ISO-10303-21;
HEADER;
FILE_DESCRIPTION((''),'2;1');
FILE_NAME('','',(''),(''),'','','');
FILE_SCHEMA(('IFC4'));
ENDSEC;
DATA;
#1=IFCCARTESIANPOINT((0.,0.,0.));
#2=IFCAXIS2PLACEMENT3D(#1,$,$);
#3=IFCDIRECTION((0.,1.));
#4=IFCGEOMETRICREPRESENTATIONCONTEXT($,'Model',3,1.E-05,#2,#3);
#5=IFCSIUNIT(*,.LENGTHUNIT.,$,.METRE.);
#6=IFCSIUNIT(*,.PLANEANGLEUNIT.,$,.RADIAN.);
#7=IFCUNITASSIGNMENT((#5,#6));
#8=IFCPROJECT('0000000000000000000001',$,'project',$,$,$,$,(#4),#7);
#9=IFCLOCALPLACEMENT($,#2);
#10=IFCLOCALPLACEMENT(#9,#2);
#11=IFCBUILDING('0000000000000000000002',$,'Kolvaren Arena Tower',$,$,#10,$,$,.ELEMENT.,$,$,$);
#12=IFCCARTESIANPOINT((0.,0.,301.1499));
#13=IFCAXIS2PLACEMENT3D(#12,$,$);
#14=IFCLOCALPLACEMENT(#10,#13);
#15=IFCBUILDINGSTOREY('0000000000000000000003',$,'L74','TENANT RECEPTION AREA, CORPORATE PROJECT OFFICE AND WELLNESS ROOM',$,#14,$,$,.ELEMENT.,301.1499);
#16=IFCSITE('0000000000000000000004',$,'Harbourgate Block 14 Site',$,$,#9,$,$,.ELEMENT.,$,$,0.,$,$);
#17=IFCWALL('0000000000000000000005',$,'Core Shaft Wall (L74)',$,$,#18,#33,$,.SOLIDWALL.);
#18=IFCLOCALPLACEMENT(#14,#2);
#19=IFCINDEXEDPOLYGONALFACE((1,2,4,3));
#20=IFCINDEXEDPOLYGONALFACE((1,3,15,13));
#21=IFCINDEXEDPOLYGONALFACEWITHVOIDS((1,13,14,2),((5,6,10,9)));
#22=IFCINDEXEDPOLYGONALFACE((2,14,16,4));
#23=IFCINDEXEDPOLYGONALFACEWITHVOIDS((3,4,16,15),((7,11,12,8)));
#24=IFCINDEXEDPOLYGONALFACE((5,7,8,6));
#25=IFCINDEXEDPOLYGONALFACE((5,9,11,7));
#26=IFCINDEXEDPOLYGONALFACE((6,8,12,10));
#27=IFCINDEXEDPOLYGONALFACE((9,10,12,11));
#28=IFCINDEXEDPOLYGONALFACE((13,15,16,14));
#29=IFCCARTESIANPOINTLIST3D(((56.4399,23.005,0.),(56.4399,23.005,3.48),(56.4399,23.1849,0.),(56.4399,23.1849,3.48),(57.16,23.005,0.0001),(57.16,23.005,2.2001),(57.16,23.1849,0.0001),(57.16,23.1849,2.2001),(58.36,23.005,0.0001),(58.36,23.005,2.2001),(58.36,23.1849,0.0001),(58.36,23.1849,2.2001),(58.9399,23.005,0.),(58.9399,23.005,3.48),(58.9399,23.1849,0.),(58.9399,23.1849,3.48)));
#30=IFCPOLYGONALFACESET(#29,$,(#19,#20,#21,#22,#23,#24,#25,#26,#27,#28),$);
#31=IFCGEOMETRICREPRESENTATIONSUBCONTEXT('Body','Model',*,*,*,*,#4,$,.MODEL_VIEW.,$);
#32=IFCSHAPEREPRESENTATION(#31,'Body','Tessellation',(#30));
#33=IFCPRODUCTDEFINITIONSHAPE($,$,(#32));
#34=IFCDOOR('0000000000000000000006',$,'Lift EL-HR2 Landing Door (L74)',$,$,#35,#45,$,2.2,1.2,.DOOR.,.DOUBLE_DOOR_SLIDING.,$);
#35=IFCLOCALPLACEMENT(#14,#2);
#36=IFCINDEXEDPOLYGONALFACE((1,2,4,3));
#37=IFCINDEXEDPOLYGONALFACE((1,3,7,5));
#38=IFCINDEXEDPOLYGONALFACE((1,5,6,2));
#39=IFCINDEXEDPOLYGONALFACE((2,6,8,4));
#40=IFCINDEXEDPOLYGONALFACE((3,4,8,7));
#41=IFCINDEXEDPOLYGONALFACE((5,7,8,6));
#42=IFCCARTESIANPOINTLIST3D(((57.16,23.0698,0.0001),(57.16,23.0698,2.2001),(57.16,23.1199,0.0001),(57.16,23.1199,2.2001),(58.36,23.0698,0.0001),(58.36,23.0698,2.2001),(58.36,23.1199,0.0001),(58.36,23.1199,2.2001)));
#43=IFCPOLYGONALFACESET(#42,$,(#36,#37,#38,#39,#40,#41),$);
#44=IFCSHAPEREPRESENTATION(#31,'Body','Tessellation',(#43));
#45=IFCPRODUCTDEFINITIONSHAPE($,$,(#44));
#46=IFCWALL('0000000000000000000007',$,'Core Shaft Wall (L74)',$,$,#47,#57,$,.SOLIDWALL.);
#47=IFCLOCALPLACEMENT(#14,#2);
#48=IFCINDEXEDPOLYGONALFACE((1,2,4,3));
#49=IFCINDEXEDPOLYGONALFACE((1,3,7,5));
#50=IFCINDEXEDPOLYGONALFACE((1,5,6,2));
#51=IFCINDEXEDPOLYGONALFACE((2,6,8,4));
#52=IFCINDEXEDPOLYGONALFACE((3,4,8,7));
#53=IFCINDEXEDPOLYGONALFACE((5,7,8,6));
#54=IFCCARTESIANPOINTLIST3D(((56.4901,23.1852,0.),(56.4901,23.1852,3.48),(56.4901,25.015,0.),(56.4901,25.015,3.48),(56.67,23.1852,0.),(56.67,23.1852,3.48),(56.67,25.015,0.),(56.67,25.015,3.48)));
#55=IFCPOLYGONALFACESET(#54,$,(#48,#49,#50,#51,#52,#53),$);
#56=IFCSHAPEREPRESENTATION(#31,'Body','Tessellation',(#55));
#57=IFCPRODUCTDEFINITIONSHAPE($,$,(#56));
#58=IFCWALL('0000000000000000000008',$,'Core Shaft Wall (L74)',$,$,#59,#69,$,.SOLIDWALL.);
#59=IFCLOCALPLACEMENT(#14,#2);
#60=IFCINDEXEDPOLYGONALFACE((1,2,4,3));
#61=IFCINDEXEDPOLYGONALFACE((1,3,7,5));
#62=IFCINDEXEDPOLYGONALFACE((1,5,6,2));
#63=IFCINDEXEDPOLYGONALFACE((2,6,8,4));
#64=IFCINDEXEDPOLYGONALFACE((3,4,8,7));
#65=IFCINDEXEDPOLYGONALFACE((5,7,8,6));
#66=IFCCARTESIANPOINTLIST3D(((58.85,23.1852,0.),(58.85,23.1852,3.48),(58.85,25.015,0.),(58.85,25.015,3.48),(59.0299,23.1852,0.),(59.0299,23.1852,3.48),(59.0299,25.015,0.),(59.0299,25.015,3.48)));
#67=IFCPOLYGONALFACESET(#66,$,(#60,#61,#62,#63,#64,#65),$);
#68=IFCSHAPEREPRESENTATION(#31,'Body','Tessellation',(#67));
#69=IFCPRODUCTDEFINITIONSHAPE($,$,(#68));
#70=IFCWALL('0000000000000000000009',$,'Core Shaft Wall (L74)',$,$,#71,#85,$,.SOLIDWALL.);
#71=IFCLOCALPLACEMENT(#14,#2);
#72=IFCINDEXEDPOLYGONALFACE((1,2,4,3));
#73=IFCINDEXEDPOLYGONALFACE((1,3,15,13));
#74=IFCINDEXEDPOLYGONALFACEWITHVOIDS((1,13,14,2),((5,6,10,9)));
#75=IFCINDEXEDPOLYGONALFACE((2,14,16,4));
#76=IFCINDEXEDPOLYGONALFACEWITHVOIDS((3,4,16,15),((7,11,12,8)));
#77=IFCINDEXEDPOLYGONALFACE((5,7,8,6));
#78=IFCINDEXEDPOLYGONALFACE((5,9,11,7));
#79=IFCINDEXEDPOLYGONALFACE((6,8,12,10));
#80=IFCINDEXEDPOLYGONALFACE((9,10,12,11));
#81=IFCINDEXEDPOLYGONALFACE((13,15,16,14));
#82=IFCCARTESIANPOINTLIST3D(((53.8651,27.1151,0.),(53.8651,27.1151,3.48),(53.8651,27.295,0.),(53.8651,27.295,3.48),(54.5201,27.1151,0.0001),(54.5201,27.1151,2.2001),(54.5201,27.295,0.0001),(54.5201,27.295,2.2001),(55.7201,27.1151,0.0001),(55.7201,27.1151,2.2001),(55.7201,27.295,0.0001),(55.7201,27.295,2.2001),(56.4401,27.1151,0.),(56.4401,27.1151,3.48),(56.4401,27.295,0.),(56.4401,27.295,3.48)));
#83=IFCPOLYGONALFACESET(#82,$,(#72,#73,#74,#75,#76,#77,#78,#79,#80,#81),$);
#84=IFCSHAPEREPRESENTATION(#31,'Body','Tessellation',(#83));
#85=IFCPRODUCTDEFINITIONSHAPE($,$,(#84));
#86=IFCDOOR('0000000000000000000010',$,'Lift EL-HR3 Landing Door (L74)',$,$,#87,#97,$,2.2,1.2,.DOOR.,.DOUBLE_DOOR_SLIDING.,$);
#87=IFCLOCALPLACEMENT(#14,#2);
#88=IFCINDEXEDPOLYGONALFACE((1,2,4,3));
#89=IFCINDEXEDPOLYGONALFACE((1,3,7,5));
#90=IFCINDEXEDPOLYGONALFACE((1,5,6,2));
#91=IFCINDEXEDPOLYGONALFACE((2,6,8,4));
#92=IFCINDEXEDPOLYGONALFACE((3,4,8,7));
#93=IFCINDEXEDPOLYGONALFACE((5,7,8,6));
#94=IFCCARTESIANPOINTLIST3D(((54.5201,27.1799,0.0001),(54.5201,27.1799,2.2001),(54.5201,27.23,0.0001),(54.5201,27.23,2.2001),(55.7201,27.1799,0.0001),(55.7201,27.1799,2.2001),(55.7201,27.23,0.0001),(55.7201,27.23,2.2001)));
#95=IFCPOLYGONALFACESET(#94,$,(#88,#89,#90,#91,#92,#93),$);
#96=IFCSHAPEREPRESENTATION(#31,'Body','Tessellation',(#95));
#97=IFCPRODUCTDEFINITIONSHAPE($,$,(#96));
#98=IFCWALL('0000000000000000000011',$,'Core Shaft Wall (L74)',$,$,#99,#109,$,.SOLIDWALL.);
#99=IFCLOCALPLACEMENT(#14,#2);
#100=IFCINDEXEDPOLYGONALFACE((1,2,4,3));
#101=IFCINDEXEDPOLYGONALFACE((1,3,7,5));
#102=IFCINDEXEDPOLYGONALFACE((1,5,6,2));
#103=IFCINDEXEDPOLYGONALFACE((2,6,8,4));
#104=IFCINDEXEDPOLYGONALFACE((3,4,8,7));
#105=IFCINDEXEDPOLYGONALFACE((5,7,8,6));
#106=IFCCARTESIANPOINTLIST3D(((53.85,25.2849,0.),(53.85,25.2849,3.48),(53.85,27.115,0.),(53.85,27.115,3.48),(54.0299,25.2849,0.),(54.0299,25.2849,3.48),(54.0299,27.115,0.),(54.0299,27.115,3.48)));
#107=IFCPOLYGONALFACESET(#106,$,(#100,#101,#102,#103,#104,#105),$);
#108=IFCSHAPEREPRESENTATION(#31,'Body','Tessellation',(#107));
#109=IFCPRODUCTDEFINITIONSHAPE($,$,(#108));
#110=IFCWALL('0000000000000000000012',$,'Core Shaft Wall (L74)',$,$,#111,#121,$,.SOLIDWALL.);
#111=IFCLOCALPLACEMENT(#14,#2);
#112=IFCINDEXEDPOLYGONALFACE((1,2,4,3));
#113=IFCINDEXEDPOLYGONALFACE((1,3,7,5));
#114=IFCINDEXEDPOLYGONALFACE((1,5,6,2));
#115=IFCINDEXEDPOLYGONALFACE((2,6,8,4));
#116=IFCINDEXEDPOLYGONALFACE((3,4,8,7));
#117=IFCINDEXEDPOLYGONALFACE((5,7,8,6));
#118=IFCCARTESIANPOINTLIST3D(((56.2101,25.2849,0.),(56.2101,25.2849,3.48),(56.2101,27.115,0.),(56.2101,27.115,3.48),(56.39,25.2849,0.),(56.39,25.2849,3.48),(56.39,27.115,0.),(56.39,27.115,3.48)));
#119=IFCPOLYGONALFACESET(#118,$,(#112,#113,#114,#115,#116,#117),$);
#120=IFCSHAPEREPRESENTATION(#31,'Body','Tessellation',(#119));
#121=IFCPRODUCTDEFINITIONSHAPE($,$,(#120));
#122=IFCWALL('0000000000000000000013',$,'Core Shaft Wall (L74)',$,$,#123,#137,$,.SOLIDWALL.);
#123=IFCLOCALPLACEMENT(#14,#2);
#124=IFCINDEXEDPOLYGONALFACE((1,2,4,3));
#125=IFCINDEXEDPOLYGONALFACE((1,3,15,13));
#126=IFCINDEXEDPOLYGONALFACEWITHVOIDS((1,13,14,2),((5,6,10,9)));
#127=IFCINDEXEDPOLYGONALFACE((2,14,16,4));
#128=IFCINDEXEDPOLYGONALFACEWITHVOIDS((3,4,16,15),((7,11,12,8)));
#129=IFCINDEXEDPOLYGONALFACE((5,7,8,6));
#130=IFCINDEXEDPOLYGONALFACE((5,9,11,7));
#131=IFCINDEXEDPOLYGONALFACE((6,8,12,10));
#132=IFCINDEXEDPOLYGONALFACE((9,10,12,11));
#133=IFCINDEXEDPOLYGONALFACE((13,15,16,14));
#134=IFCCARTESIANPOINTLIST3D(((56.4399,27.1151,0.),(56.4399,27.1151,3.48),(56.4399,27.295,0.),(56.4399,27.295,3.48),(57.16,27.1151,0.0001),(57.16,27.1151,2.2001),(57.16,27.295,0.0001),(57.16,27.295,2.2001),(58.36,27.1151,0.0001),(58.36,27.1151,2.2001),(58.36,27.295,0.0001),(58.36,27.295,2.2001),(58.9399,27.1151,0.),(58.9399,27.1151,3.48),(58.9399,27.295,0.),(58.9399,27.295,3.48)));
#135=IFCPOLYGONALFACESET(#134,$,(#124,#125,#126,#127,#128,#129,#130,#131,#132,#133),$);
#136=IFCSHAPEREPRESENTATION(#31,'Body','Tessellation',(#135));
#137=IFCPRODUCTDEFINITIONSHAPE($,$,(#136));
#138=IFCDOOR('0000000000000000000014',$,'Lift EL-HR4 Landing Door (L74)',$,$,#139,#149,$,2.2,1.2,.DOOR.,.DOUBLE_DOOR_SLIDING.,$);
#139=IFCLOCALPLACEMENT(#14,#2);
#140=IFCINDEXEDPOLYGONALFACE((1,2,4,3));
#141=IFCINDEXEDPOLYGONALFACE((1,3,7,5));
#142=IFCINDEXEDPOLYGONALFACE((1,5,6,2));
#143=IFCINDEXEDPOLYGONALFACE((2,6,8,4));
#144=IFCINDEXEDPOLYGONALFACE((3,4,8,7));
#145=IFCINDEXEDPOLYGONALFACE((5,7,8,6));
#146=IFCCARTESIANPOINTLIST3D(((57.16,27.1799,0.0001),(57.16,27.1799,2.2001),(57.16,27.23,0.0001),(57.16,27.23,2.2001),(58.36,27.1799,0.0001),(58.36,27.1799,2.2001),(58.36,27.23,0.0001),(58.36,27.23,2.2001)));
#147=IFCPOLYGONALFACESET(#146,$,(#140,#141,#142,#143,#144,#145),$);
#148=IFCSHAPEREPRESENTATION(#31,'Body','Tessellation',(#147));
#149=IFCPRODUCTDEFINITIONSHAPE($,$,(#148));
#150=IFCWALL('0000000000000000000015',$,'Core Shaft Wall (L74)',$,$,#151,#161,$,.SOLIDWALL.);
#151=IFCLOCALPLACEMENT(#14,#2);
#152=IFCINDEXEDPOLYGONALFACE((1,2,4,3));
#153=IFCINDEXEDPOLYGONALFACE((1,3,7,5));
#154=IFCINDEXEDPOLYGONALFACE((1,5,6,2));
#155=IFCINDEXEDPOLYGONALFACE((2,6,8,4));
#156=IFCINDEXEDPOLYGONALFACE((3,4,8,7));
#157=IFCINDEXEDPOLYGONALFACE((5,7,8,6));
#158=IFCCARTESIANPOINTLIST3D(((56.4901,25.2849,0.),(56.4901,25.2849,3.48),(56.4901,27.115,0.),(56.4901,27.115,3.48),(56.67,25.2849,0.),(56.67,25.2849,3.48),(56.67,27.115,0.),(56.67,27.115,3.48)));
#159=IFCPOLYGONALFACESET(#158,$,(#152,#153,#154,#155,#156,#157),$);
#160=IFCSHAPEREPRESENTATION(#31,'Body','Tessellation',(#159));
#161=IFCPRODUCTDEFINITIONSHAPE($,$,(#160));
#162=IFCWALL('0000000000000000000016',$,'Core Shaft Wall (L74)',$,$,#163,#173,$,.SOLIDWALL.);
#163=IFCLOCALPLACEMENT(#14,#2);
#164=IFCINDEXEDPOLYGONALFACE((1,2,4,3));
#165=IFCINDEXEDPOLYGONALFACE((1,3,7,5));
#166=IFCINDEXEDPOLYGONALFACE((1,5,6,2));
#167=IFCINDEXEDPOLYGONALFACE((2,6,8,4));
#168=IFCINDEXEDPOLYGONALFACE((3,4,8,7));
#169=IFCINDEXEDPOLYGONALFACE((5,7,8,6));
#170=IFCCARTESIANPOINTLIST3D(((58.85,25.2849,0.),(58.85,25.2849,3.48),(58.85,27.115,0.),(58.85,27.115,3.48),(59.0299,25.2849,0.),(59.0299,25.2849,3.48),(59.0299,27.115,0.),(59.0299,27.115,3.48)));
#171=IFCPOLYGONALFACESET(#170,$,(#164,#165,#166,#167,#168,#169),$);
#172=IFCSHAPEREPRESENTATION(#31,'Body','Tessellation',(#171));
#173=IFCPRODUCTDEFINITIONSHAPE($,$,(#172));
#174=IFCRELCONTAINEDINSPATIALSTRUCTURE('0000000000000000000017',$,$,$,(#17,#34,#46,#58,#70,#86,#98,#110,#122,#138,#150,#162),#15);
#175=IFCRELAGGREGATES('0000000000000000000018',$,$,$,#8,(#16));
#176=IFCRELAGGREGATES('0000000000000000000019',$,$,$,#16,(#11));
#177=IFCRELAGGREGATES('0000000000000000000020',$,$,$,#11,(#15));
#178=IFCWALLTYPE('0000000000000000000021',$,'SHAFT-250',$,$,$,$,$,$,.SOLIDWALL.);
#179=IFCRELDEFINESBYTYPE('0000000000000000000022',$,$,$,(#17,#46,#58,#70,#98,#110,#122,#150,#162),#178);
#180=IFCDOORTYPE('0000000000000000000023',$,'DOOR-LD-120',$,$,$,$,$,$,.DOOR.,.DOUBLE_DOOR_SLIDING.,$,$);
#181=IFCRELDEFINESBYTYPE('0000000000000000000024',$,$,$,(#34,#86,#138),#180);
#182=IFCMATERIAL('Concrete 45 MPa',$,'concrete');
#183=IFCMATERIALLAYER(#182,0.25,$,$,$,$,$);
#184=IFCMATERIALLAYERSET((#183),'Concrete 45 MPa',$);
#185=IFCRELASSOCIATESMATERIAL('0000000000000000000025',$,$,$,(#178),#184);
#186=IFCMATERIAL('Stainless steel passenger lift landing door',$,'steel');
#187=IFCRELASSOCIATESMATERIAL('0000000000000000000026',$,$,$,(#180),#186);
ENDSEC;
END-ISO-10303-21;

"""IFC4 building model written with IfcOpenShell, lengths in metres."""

from ifc_helpers import new_model, si_unit, direction, frame, frame_2d, origin, place, context, subcontext, project, spatial, rectangle, extrude, material, layer, layer_set, type_object, element, fill, save


model = new_model("IFC4")

# Units and contexts
model_context = context("Model", 3, precision=1e-05, world=origin(), true_north=direction((0.0, 1.0)))
body_context = subcontext(model_context, "Body", "Model", "MODEL_VIEW")
ifc_project = project(units=[si_unit("LENGTHUNIT", "METRE"), si_unit("PLANEANGLEUNIT", "RADIAN")], contexts=[model_context])

# Site, building, storey
site_placement = place(None, origin())
site = spatial("IfcSite", under=ifc_project, at=site_placement, Name="Harbourgate Block 14 Site", CompositionType="ELEMENT", RefElevation=0.0)
building_placement = place(site_placement, origin())
building = spatial("IfcBuilding", under=site, at=building_placement, Name="Kolvaren Arena Tower", CompositionType="ELEMENT")
storey_placement = place(building_placement, frame((0.0, 0.0, 301.1499)))
storey = spatial("IfcBuildingStorey", under=building, at=storey_placement, Name="L74", Description="TENANT RECEPTION AREA, CORPORATE PROJECT OFFICE AND WELLNESS ROOM", CompositionType="ELEMENT", Elevation=301.1499)

# Shared definitions
ifc_material_1 = material(Name="Concrete 45 MPa", Category="concrete")
ifc_layer_1 = layer(ifc_material_1, 0.25)
ifc_layer_set_1 = layer_set([ifc_layer_1], Name="Concrete 45 MPa")
wall_type_1 = type_object("IfcWallType", Name="SHAFT-250", PredefinedType="SOLIDWALL", material=ifc_layer_set_1)

# Shared definitions
ifc_material_2 = material(Name="Stainless steel passenger lift landing door", Category="steel")
door_type = type_object("IfcDoorType", Name="DOOR-LD-120", OperationType="DOUBLE_DOOR_SLIDING", PredefinedType="DOOR", material=ifc_material_2)

# Wall, opening, door
wall_1_placement = place(storey_placement, frame((56.4399, 23.095, 0.0), z_axis=(0.0, 0.0, 1.0), x_axis=(1.0, 0.0, 0.0)))
wall_1 = element("IfcWall", 1, at=wall_1_placement, inside=storey, type_object=wall_type_1, Name="Core Shaft Wall (L74)", PredefinedType="SOLIDWALL", context=body_context, shape_type="SweptSolid", body=[
    extrude(rectangle(XDim=2.5, YDim=0.1799, at=frame_2d((1.25, 0.0))), origin(), (0.0, 0.0, 1.0), 3.48),
])
opening_1_placement = place(wall_1_placement, frame((0.72, 0.0, 0.0)))
opening_1 = element("IfcOpeningElement", 2, at=opening_1_placement, cuts=wall_1, PredefinedType="OPENING", context=body_context, shape_type="SweptSolid", body=[
    extrude(rectangle(XDim=1.2, YDim=2.2, at=frame_2d((0.6001, 1.1001))), frame((0.0, 0.0999, 0.0), z_axis=(0.0, -1.0, 0.0), x_axis=(1.0, 0.0, 0.0)), (0.0, 0.0, 1.0), 0.2),
])
door_1_placement = place(opening_1_placement, origin())
door_1 = element("IfcDoor", 3, at=door_1_placement, inside=storey, type_object=door_type, Name="Lift EL-HR2 Landing Door (L74)", OperationType="DOUBLE_DOOR_SLIDING", OverallHeight=2.2, OverallWidth=1.2, PredefinedType="DOOR", context=body_context, shape_type="SweptSolid", body=[
    extrude(rectangle(XDim=1.2, YDim=2.2, at=frame_2d((0.6001, 1.1001))), frame((0.0, 0.0249, 0.0), z_axis=(0.0, -1.0, 0.0), x_axis=(1.0, 0.0, 0.0)), (0.0, 0.0, 1.0), 0.05),
])
fill(opening_1, door_1)

# Walls
for number, where, z_axis, x_axis, name in (
    (4, (56.5801, 23.1851, 0.0), (0.0, 0.0, 1.0), (0.0, 1.0, 0.0), "Core Shaft Wall (L74)"),
    (5, (58.9399, 23.1851, 0.0), (0.0, 0.0, 1.0), (0.0, 1.0, 0.0), "Core Shaft Wall (L74)"),
):
    element("IfcWall", number, at=place(storey_placement, frame(where, z_axis=z_axis, x_axis=x_axis)), inside=storey, type_object=wall_type_1, Name=name, PredefinedType="SOLIDWALL", context=body_context, shape_type="SweptSolid", body=[
        extrude(rectangle(XDim=1.8298, YDim=0.1799, at=frame_2d((0.915, 0.0))), origin(), (0.0, 0.0, 1.0), 3.48),
    ])

# Wall, opening, door
wall_2_placement = place(storey_placement, frame((53.865, 27.2051, 0.0), z_axis=(0.0, 0.0, 1.0), x_axis=(1.0, 0.0, 0.0)))
wall_2 = element("IfcWall", 6, at=wall_2_placement, inside=storey, type_object=wall_type_1, Name="Core Shaft Wall (L74)", PredefinedType="SOLIDWALL", context=body_context, shape_type="SweptSolid", body=[
    extrude(rectangle(XDim=2.575, YDim=0.1799, at=frame_2d((1.2876, 0.0))), origin(), (0.0, 0.0, 1.0), 3.48),
])
opening_2_placement = place(wall_2_placement, frame((0.655, 0.0, 0.0)))
opening_2 = element("IfcOpeningElement", 7, at=opening_2_placement, cuts=wall_2, PredefinedType="OPENING", context=body_context, shape_type="SweptSolid", body=[
    extrude(rectangle(XDim=1.2, YDim=2.2, at=frame_2d((0.6001, 1.1001))), frame((0.0, 0.0999, 0.0), z_axis=(0.0, -1.0, 0.0), x_axis=(1.0, 0.0, 0.0)), (0.0, 0.0, 1.0), 0.2),
])
door_2_placement = place(opening_2_placement, origin())
door_2 = element("IfcDoor", 8, at=door_2_placement, inside=storey, type_object=door_type, Name="Lift EL-HR3 Landing Door (L74)", OperationType="DOUBLE_DOOR_SLIDING", OverallHeight=2.2, OverallWidth=1.2, PredefinedType="DOOR", context=body_context, shape_type="SweptSolid", body=[
    extrude(rectangle(XDim=1.2, YDim=2.2, at=frame_2d((0.6001, 1.1001))), frame((0.0, 0.0249, 0.0), z_axis=(0.0, -1.0, 0.0), x_axis=(1.0, 0.0, 0.0)), (0.0, 0.0, 1.0), 0.05),
])
fill(opening_2, door_2)

# Walls
for number, where, z_axis, x_axis, name in (
    (9, (53.9399, 25.2849, 0.0), (0.0, 0.0, 1.0), (0.0, 1.0, 0.0), "Core Shaft Wall (L74)"),
    (10, (56.3, 25.2849, 0.0), (0.0, 0.0, 1.0), (0.0, 1.0, 0.0), "Core Shaft Wall (L74)"),
):
    element("IfcWall", number, at=place(storey_placement, frame(where, z_axis=z_axis, x_axis=x_axis)), inside=storey, type_object=wall_type_1, Name=name, PredefinedType="SOLIDWALL", context=body_context, shape_type="SweptSolid", body=[
        extrude(rectangle(XDim=1.8301, YDim=0.1799, at=frame_2d((0.915, 0.0))), origin(), (0.0, 0.0, 1.0), 3.48),
    ])

# Wall, opening, door
wall_3_placement = place(storey_placement, frame((56.4399, 27.2051, 0.0), z_axis=(0.0, 0.0, 1.0), x_axis=(1.0, 0.0, 0.0)))
wall_3 = element("IfcWall", 11, at=wall_3_placement, inside=storey, type_object=wall_type_1, Name="Core Shaft Wall (L74)", PredefinedType="SOLIDWALL", context=body_context, shape_type="SweptSolid", body=[
    extrude(rectangle(XDim=2.5, YDim=0.1799, at=frame_2d((1.25, 0.0))), origin(), (0.0, 0.0, 1.0), 3.48),
])
opening_3_placement = place(wall_3_placement, frame((0.72, 0.0, 0.0)))
opening_3 = element("IfcOpeningElement", 12, at=opening_3_placement, cuts=wall_3, PredefinedType="OPENING", context=body_context, shape_type="SweptSolid", body=[
    extrude(rectangle(XDim=1.2, YDim=2.2, at=frame_2d((0.6001, 1.1001))), frame((0.0, 0.0999, 0.0), z_axis=(0.0, -1.0, 0.0), x_axis=(1.0, 0.0, 0.0)), (0.0, 0.0, 1.0), 0.2),
])
door_3_placement = place(opening_3_placement, origin())
door_3 = element("IfcDoor", 13, at=door_3_placement, inside=storey, type_object=door_type, Name="Lift EL-HR4 Landing Door (L74)", OperationType="DOUBLE_DOOR_SLIDING", OverallHeight=2.2, OverallWidth=1.2, PredefinedType="DOOR", context=body_context, shape_type="SweptSolid", body=[
    extrude(rectangle(XDim=1.2, YDim=2.2, at=frame_2d((0.6001, 1.1001))), frame((0.0, 0.0249, 0.0), z_axis=(0.0, -1.0, 0.0), x_axis=(1.0, 0.0, 0.0)), (0.0, 0.0, 1.0), 0.05),
])
fill(opening_3, door_3)

# Walls
for number, where, z_axis, x_axis, name in (
    (14, (56.5801, 25.2849, 0.0), (0.0, 0.0, 1.0), (0.0, 1.0, 0.0), "Core Shaft Wall (L74)"),
    (15, (58.9399, 25.2849, 0.0), (0.0, 0.0, 1.0), (0.0, 1.0, 0.0), "Core Shaft Wall (L74)"),
):
    element("IfcWall", number, at=place(storey_placement, frame(where, z_axis=z_axis, x_axis=x_axis)), inside=storey, type_object=wall_type_1, Name=name, PredefinedType="SOLIDWALL", context=body_context, shape_type="SweptSolid", body=[
        extrude(rectangle(XDim=1.8301, YDim=0.1799, at=frame_2d((0.915, 0.0))), origin(), (0.0, 0.0, 1.0), 3.48),
    ])

save(model, "model.ifc")
